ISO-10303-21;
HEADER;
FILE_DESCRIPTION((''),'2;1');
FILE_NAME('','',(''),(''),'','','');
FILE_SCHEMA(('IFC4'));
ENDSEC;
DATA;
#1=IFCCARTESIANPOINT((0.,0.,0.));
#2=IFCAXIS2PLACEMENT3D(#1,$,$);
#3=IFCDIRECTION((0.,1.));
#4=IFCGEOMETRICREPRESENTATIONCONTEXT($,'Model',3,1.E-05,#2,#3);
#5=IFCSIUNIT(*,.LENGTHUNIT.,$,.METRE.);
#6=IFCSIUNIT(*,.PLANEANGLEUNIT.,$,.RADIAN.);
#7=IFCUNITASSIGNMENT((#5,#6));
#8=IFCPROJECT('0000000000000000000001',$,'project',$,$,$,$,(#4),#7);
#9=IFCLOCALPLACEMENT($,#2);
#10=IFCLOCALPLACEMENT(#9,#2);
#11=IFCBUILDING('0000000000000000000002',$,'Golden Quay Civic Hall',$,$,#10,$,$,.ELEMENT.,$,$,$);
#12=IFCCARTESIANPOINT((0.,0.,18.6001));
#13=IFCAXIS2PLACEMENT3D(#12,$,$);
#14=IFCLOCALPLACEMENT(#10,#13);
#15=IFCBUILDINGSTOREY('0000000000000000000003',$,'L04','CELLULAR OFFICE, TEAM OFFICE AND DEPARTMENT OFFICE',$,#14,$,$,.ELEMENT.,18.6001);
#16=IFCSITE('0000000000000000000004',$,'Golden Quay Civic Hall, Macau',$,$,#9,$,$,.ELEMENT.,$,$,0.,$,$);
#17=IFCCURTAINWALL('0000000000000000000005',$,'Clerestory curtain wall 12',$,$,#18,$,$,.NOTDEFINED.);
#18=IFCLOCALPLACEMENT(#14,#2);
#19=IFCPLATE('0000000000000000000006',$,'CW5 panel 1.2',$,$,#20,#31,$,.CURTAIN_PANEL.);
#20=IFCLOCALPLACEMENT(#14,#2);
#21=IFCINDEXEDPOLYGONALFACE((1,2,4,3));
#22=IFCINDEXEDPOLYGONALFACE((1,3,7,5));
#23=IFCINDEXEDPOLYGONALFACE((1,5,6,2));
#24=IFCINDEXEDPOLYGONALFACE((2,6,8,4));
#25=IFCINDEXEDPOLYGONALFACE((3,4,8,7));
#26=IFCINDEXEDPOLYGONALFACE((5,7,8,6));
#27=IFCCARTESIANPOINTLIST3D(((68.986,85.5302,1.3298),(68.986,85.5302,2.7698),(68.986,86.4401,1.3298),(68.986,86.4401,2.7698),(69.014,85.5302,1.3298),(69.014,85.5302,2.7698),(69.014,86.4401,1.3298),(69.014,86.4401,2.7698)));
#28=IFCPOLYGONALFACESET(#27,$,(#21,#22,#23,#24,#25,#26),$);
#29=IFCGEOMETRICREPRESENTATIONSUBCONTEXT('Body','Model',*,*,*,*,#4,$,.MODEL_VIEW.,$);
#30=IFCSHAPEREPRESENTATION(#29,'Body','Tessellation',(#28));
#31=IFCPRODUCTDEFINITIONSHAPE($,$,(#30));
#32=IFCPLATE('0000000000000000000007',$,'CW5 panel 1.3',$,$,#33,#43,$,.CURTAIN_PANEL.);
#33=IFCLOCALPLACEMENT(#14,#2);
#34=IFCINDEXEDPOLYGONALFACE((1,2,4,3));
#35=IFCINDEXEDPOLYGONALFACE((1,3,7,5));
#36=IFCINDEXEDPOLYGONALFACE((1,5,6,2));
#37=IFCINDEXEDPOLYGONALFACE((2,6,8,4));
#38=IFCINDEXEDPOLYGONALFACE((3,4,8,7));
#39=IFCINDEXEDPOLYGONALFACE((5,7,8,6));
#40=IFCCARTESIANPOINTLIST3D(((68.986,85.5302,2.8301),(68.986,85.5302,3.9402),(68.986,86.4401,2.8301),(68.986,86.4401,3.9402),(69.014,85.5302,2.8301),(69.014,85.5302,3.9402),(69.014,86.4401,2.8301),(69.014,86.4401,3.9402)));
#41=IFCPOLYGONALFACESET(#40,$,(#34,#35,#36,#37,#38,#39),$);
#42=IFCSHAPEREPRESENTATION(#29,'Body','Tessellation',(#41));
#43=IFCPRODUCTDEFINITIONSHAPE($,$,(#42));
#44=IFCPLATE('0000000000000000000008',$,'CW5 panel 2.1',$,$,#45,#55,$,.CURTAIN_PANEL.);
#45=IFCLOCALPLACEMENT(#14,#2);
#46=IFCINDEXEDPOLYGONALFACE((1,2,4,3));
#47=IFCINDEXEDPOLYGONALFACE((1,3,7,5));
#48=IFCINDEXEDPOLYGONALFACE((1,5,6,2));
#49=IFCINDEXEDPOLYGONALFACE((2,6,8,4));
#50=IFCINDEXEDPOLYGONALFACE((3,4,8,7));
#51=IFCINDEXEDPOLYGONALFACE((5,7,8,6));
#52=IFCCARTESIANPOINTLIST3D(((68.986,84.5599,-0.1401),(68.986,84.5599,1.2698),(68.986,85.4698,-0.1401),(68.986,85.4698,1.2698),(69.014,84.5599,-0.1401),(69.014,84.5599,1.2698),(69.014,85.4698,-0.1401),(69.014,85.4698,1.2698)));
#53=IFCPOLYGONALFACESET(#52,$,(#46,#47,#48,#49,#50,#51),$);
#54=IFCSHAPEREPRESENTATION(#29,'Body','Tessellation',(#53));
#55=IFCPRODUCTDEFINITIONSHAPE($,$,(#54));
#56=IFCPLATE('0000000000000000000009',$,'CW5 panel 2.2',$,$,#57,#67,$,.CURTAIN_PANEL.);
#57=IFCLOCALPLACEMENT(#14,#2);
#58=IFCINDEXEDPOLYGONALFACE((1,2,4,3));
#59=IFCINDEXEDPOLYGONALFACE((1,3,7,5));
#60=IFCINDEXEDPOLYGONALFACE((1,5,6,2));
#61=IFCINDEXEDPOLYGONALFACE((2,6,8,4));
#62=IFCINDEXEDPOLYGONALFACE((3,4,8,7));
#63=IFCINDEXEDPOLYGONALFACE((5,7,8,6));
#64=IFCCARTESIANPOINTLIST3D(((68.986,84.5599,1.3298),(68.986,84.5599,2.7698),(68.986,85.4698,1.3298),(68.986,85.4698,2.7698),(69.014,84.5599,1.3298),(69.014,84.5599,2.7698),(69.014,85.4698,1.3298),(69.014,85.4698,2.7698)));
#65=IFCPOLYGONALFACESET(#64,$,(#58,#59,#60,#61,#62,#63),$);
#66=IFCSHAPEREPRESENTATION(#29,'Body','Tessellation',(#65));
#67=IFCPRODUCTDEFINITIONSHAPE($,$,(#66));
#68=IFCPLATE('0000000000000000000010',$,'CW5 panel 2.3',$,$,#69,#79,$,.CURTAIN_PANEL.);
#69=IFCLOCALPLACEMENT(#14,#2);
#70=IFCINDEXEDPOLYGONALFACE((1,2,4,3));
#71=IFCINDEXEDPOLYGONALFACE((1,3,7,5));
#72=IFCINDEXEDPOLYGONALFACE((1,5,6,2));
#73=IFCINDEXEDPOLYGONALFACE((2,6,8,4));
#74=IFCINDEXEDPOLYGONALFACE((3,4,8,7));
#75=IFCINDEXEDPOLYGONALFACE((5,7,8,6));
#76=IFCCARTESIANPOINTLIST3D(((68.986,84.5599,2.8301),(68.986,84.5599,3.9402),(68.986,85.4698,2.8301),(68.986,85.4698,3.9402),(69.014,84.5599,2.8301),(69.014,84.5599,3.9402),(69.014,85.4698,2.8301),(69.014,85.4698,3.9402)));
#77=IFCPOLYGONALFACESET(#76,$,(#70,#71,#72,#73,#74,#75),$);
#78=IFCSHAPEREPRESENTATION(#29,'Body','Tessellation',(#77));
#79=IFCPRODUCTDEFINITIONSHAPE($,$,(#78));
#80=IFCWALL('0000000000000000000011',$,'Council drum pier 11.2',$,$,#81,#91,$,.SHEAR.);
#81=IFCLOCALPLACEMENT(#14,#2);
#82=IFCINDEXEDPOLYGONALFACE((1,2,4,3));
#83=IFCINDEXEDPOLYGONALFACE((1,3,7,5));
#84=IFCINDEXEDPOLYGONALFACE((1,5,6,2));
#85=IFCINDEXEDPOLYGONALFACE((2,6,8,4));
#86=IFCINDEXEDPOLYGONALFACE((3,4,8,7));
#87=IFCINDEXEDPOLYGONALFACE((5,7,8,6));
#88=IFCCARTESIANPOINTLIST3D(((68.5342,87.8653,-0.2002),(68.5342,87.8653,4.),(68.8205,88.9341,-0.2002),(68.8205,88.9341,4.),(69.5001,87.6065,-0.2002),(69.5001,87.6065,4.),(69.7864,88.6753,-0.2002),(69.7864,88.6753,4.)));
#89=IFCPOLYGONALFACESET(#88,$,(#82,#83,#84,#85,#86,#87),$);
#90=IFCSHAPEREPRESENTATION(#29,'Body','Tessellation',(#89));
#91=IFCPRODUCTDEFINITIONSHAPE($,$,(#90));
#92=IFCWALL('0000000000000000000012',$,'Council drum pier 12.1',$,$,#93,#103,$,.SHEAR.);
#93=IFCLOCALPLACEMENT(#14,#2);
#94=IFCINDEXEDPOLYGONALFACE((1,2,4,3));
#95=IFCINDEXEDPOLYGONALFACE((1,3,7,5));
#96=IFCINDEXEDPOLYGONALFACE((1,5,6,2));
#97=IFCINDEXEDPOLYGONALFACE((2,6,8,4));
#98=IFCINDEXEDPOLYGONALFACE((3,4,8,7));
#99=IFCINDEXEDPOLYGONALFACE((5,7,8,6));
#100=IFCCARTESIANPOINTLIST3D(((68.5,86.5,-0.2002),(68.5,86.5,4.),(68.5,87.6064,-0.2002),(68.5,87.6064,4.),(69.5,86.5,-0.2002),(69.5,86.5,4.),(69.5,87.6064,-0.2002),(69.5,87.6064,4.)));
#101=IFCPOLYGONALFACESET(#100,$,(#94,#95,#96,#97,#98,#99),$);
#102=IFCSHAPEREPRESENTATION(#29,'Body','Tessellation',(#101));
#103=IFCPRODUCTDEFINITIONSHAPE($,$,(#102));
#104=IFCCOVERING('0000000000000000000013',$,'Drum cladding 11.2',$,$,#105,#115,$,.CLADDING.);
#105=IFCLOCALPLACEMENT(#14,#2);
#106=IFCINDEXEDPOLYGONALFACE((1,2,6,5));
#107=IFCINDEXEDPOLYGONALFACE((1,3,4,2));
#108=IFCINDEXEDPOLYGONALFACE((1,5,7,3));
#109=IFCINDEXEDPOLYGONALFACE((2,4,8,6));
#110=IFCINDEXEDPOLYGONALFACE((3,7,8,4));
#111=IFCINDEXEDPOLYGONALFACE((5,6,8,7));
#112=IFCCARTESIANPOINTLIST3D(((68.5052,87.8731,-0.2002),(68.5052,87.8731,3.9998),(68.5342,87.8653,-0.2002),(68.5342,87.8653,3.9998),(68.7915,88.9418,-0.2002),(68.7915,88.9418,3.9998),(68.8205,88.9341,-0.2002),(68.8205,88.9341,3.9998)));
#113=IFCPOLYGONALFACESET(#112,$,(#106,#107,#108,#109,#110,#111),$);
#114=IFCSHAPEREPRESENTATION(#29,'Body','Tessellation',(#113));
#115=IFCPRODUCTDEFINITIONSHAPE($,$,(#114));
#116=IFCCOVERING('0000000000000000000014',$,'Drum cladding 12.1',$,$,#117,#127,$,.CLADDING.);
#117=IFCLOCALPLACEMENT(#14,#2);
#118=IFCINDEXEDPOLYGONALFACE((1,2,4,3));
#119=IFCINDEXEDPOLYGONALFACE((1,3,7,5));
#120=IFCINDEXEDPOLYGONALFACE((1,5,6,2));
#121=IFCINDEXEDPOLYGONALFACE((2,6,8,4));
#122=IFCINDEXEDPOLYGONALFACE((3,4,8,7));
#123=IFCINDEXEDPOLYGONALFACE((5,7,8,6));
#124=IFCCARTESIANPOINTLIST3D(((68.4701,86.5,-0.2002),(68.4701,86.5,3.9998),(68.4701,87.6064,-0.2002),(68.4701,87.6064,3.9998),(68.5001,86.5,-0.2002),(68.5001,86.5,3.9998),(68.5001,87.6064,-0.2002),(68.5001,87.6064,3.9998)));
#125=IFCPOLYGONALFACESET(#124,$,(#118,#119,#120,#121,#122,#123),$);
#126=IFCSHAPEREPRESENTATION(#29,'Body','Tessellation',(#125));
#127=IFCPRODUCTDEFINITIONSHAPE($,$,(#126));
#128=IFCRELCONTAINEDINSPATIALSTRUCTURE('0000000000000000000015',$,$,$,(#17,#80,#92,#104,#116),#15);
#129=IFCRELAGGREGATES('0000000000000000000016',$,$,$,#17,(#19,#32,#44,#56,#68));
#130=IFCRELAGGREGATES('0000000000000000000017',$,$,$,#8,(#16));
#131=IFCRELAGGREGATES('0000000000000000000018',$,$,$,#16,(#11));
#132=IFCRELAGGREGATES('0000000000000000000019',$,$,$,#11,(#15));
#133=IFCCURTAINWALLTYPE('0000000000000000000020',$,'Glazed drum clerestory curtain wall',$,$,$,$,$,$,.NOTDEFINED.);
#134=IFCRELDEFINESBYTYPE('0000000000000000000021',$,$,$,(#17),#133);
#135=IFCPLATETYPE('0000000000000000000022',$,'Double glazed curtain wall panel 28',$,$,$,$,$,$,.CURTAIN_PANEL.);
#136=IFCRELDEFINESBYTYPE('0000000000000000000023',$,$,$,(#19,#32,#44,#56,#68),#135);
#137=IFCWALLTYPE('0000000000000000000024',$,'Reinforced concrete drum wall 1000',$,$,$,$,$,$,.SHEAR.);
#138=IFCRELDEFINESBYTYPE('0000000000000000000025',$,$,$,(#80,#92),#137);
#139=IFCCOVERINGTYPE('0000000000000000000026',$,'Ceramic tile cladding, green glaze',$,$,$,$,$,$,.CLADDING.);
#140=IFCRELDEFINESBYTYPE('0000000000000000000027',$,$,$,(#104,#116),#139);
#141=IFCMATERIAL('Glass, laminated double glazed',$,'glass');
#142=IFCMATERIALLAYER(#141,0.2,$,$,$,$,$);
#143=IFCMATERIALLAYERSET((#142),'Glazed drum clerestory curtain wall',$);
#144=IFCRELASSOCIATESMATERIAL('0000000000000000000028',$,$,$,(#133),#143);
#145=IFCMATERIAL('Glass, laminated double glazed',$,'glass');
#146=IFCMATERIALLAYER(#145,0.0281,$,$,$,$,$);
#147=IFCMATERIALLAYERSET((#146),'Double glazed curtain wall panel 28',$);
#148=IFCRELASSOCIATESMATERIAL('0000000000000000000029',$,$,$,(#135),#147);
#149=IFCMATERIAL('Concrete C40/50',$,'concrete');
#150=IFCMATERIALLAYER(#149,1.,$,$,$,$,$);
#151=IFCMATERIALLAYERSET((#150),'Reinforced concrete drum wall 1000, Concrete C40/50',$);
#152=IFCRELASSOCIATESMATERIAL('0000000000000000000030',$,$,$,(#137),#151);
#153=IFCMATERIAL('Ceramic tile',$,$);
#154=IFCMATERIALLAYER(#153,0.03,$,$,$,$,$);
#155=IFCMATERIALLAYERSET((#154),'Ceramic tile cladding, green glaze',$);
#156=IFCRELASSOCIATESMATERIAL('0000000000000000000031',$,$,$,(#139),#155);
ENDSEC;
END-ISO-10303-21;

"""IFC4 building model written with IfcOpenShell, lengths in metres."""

from ifc_helpers import new_model, si_unit, direction, frame, frame_2d, origin, origin_2d, place, context, subcontext, project, spatial, rectangle, extrude, material, layer, layer_set, type_object, element, aggregate, save


model = new_model("IFC4")

# Units and contexts
model_context = context("Model", 3, precision=1e-05, world=origin(), true_north=direction((0.0, 1.0)))
body_context = subcontext(model_context, "Body", "Model", "MODEL_VIEW")
ifc_project = project(units=[si_unit("LENGTHUNIT", "METRE"), si_unit("PLANEANGLEUNIT", "RADIAN")], contexts=[model_context])

# Site, building, storey
site_placement = place(None, origin())
site = spatial("IfcSite", under=ifc_project, at=site_placement, Name="Golden Quay Civic Hall, Macau", CompositionType="ELEMENT", RefElevation=0.0)
building_placement = place(site_placement, origin())
building = spatial("IfcBuilding", under=site, at=building_placement, Name="Golden Quay Civic Hall", CompositionType="ELEMENT")
storey_placement = place(building_placement, frame((0.0, 0.0, 18.6001)))
storey = spatial("IfcBuildingStorey", under=building, at=storey_placement, Name="L04", Description="CELLULAR OFFICE, TEAM OFFICE AND DEPARTMENT OFFICE", CompositionType="ELEMENT", Elevation=18.6001)

# Shared definitions
ifc_material_1 = material(Name="Glass, laminated double glazed", Category="glass")
ifc_layer_1 = layer(ifc_material_1, 0.2)
ifc_layer_set_1 = layer_set([ifc_layer_1], Name="Glazed drum clerestory curtain wall")
curtain_wall_type = type_object("IfcCurtainWallType", Name="Glazed drum clerestory curtain wall", PredefinedType="NOTDEFINED", material=ifc_layer_set_1)

# Curtain wall
curtain_wall_1_placement = place(storey_placement, origin())
curtain_wall_1 = element("IfcCurtainWall", 1, at=curtain_wall_1_placement, inside=storey, type_object=curtain_wall_type, Name="Clerestory curtain wall 12", PredefinedType="NOTDEFINED")

# Plates
ifc_material_2 = material(Name="Glass, laminated double glazed", Category="glass")
ifc_layer_2 = layer(ifc_material_2, 0.0281)
ifc_layer_set_2 = layer_set([ifc_layer_2], Name="Double glazed curtain wall panel 28")
plate_type = type_object("IfcPlateType", Name="Double glazed curtain wall panel 28", PredefinedType="CURTAIN_PANEL", material=ifc_layer_set_2)
plate_1_placement = place(storey_placement, frame((69.0, 85.9851, 1.3298), z_axis=(0.0, 0.0, 1.0), x_axis=(0.0, -1.0, 0.0)))
plate_1 = element("IfcPlate", 2, at=plate_1_placement, type_object=plate_type, Name="CW5 panel 1.2", PredefinedType="CURTAIN_PANEL", context=body_context, shape_type="SweptSolid", body=[
    extrude(rectangle(XDim=0.9099, YDim=0.0281, at=origin_2d()), origin(), (0.0, 0.0, 1.0), 1.4399),
])
plate_2_placement = place(storey_placement, frame((69.0, 85.9851, 2.8301), z_axis=(0.0, 0.0, 1.0), x_axis=(0.0, -1.0, 0.0)))
plate_2 = element("IfcPlate", 3, at=plate_2_placement, type_object=plate_type, Name="CW5 panel 1.3", PredefinedType="CURTAIN_PANEL", context=body_context, shape_type="SweptSolid", body=[
    extrude(rectangle(XDim=0.9099, YDim=0.0281, at=origin_2d()), origin(), (0.0, 0.0, 1.0), 1.1101),
])
plate_3_placement = place(storey_placement, frame((69.0, 85.0149, -0.1401), z_axis=(0.0, 0.0, 1.0), x_axis=(0.0, -1.0, 0.0)))
plate_3 = element("IfcPlate", 4, at=plate_3_placement, type_object=plate_type, Name="CW5 panel 2.1", PredefinedType="CURTAIN_PANEL", context=body_context, shape_type="SweptSolid", body=[
    extrude(rectangle(XDim=0.9099, YDim=0.0281, at=origin_2d()), origin(), (0.0, 0.0, 1.0), 1.4099),
])
plate_4_placement = place(storey_placement, frame((69.0, 85.0149, 1.3298), z_axis=(0.0, 0.0, 1.0), x_axis=(0.0, -1.0, 0.0)))
plate_4 = element("IfcPlate", 5, at=plate_4_placement, type_object=plate_type, Name="CW5 panel 2.2", PredefinedType="CURTAIN_PANEL", context=body_context, shape_type="SweptSolid", body=[
    extrude(rectangle(XDim=0.9099, YDim=0.0281, at=origin_2d()), origin(), (0.0, 0.0, 1.0), 1.4399),
])
plate_5_placement = place(storey_placement, frame((69.0, 85.0149, 2.8301), z_axis=(0.0, 0.0, 1.0), x_axis=(0.0, -1.0, 0.0)))
plate_5 = element("IfcPlate", 6, at=plate_5_placement, type_object=plate_type, Name="CW5 panel 2.3", PredefinedType="CURTAIN_PANEL", context=body_context, shape_type="SweptSolid", body=[
    extrude(rectangle(XDim=0.9099, YDim=0.0281, at=origin_2d()), origin(), (0.0, 0.0, 1.0), 1.1101),
])
aggregate(curtain_wall_1, [plate_1, plate_2, plate_3, plate_4, plate_5])

# Walls
ifc_material_3 = material(Name="Concrete C40/50", Category="concrete")
ifc_layer_3 = layer(ifc_material_3, 1.0)
ifc_layer_set_3 = layer_set([ifc_layer_3], Name="Reinforced concrete drum wall 1000, Concrete C40/50")
wall_type = type_object("IfcWallType", Name="Reinforced concrete drum wall 1000", PredefinedType="SHEAR", material=ifc_layer_set_3)
for number, where, z_axis, x_axis, name in (
    (7, (69.3035, 88.8047, -0.2002), (0.0, 0.0, 1.0), (-0.258802, -0.96593, 0.0), "Council drum pier 11.2"),
    (8, (69.0, 87.6064, -0.2002), (0.0, 0.0, 1.0), (0.0, -1.0, 0.0), "Council drum pier 12.1"),
):
    element("IfcWall", number, at=place(storey_placement, frame(where, z_axis=z_axis, x_axis=x_axis)), inside=storey, type_object=wall_type, Name=name, PredefinedType="SHEAR", context=body_context, shape_type="SweptSolid", body=[
        extrude(rectangle(XDim=1.1064, YDim=1.0, at=frame_2d((0.5532, 0.0))), origin(), (0.0, 0.0, 1.0), 4.2002),
    ])

# Coverings
ifc_material_4 = material(Name="Ceramic tile")
ifc_layer_4 = layer(ifc_material_4, 0.03)
ifc_layer_set_4 = layer_set([ifc_layer_4], Name="Ceramic tile cladding, green glaze")
covering_type = type_object("IfcCoveringType", Name="Ceramic tile cladding, green glaze", PredefinedType="CLADDING", material=ifc_layer_set_4)
for number, where, z_axis, x_axis, name in (
    (9, (68.6628, 88.4036, -0.2002), (0.0, 0.0, 1.0), (-0.258819, -0.965926, 0.0), "Drum cladding 11.2"),
    (10, (68.4851, 87.0532, -0.2002), (0.0, 0.0, 1.0), (0.0, -1.0, 0.0), "Drum cladding 12.1"),
):
    element("IfcCovering", number, at=place(storey_placement, frame(where, z_axis=z_axis, x_axis=x_axis)), inside=storey, type_object=covering_type, Name=name, PredefinedType="CLADDING", context=body_context, shape_type="SweptSolid", body=[
        extrude(rectangle(XDim=1.1064, YDim=0.03, at=origin_2d()), origin(), (0.0, 0.0, 1.0), 4.2),
    ])

save(model, "model.ifc")
